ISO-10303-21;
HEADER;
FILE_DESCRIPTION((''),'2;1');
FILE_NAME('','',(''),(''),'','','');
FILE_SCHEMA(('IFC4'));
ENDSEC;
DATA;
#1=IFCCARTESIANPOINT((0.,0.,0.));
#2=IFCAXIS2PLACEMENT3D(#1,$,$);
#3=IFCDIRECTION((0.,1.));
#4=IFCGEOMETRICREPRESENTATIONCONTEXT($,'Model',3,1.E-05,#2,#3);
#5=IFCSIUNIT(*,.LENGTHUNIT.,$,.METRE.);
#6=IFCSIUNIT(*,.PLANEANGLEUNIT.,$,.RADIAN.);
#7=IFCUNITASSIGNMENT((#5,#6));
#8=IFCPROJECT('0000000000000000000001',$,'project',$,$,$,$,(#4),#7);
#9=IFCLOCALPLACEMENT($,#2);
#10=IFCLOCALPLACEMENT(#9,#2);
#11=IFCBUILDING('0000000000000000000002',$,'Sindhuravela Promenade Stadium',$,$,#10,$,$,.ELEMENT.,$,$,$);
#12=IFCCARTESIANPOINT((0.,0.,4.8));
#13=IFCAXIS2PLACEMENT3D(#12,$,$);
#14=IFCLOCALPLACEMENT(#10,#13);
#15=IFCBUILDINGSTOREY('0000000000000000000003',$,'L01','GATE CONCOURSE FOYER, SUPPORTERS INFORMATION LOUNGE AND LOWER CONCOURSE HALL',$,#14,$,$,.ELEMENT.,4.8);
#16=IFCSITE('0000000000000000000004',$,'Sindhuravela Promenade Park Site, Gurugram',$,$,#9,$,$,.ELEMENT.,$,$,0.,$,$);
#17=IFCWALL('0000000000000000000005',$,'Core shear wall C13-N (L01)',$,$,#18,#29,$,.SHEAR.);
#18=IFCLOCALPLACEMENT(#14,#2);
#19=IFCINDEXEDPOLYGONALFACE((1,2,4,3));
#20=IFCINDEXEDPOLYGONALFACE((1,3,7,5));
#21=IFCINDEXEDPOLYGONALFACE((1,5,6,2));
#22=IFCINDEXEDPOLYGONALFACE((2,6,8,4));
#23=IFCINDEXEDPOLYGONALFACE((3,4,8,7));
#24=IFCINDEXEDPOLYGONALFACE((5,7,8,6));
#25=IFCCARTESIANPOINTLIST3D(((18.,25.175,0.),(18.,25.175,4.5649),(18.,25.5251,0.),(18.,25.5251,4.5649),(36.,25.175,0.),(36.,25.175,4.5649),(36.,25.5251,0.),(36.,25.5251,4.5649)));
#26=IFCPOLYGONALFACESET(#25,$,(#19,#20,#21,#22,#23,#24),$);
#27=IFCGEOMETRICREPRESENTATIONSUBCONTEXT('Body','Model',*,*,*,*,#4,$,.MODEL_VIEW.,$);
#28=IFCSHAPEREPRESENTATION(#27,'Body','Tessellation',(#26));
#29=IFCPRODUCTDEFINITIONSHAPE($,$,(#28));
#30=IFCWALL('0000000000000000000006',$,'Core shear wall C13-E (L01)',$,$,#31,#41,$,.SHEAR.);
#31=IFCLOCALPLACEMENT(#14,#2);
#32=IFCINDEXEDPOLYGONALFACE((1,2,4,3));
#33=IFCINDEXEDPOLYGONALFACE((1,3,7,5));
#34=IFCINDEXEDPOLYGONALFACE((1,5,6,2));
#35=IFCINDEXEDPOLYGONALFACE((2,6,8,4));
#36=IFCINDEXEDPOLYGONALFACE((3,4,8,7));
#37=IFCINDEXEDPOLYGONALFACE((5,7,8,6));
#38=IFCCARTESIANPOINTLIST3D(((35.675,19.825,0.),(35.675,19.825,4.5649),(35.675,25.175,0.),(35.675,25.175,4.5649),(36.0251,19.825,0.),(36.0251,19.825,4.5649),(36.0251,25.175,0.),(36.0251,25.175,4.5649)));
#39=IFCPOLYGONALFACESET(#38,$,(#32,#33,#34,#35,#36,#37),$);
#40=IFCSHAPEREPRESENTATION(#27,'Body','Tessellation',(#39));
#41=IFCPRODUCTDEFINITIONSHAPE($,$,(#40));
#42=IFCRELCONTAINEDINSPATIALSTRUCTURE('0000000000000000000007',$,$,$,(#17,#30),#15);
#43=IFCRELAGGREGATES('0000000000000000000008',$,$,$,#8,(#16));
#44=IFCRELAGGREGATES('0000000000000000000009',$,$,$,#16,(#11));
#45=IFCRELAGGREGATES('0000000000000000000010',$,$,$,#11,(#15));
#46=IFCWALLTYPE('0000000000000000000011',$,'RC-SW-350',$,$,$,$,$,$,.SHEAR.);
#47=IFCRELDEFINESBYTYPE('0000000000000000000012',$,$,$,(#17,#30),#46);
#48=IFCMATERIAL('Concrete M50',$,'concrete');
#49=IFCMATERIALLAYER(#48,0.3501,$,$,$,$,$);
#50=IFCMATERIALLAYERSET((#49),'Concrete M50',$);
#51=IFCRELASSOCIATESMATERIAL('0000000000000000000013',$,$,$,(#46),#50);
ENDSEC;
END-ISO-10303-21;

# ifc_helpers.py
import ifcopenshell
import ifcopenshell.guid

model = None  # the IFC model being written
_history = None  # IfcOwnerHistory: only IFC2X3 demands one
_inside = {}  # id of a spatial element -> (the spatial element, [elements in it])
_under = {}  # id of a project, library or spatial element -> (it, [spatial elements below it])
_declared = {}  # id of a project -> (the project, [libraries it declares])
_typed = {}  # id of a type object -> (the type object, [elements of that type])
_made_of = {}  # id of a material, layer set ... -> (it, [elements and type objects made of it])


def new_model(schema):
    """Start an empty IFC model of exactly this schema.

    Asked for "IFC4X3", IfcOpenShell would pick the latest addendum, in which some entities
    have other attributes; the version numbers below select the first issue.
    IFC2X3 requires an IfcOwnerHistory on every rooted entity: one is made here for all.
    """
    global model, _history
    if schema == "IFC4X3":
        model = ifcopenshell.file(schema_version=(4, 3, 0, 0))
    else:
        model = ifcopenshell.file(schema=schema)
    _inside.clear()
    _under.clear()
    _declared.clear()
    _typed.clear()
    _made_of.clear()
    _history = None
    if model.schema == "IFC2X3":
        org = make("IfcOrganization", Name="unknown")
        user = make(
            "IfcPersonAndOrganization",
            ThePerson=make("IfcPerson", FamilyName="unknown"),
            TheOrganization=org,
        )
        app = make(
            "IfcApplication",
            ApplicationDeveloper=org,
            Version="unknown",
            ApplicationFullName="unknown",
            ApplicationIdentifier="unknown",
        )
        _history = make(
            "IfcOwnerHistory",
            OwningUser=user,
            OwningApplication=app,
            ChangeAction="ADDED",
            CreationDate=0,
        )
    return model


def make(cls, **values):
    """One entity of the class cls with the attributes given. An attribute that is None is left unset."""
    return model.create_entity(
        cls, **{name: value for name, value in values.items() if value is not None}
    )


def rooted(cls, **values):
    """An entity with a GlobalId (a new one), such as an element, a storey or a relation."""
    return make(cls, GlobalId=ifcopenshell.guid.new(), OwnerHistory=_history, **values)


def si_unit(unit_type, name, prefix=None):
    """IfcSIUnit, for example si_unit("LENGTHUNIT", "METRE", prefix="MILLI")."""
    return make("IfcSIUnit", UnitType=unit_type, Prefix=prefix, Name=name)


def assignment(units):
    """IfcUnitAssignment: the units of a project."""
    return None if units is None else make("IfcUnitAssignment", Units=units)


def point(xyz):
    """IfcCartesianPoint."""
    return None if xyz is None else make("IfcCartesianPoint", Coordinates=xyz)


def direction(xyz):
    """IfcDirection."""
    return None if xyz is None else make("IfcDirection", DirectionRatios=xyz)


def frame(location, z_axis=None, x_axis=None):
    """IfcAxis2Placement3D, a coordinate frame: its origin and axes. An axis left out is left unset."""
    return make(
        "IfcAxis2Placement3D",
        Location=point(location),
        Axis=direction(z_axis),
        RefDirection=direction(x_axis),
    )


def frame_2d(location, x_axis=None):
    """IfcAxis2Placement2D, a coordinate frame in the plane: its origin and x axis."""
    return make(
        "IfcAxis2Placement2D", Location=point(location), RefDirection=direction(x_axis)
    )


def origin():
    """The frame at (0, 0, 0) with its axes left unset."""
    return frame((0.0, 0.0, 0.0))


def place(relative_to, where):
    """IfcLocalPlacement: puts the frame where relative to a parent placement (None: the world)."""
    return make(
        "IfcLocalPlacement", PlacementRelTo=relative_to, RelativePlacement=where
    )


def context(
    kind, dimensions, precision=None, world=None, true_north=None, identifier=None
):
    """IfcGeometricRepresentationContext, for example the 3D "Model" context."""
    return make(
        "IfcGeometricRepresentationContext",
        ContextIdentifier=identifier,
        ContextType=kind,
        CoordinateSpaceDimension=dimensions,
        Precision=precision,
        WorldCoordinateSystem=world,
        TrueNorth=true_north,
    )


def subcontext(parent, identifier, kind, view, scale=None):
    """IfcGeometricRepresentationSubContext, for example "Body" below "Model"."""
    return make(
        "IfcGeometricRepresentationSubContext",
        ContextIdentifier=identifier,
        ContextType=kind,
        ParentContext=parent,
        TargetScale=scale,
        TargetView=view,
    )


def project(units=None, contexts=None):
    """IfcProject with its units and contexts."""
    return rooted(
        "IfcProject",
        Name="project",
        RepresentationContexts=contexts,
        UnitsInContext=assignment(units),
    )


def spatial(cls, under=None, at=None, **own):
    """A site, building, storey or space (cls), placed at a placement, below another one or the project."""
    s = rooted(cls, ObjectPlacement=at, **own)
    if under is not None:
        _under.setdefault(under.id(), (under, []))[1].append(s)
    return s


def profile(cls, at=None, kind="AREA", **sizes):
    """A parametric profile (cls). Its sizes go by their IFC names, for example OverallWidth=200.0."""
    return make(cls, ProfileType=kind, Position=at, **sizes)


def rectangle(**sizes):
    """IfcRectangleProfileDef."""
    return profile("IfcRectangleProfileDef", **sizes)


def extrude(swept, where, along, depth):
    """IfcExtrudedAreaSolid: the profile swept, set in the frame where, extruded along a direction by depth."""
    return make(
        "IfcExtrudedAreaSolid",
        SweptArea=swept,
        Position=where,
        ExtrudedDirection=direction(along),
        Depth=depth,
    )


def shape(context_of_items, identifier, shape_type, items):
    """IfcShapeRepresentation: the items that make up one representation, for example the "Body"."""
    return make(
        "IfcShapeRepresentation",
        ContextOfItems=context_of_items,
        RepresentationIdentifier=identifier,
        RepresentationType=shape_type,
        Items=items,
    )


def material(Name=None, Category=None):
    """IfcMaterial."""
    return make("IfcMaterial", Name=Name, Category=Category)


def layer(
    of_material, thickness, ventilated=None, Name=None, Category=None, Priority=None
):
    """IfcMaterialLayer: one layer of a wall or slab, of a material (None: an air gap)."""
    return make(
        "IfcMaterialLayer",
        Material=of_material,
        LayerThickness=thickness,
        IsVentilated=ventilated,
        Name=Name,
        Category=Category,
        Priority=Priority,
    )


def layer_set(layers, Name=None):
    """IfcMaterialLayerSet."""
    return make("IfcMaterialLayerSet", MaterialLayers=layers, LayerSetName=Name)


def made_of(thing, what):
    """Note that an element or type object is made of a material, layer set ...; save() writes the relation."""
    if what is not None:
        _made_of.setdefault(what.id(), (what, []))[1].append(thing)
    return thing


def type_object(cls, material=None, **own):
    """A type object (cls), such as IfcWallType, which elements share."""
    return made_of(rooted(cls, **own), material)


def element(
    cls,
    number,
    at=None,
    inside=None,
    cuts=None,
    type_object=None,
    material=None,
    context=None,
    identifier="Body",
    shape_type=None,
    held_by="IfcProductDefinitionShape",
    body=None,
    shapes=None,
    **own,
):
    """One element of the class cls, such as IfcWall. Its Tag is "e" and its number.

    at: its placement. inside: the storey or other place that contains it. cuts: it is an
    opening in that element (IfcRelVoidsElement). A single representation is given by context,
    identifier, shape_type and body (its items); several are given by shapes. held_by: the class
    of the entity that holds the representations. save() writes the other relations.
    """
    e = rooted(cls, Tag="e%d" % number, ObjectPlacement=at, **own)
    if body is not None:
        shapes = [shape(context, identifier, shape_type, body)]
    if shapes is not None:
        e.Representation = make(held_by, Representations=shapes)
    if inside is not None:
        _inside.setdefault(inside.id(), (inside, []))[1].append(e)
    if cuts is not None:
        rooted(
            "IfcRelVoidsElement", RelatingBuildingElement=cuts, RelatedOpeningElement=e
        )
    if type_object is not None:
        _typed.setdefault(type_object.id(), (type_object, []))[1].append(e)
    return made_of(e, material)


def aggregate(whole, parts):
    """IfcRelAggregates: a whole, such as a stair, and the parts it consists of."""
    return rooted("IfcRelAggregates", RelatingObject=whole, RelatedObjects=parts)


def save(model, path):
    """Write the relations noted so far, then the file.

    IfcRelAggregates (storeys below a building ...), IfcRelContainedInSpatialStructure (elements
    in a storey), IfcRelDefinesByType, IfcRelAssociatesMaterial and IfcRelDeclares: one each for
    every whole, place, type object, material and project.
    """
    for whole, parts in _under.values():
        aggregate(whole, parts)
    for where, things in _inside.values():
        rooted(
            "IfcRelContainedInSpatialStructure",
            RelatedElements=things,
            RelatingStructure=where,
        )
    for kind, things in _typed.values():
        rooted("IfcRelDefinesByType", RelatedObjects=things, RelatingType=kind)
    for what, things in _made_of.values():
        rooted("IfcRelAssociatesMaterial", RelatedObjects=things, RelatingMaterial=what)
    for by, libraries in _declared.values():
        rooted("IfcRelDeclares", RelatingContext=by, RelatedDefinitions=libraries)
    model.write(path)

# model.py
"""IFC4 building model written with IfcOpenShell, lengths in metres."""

from ifc_helpers import new_model, si_unit, direction, frame, frame_2d, origin, place, context, subcontext, project, spatial, rectangle, extrude, material, layer, layer_set, type_object, element, save


model = new_model("IFC4")

# Units and contexts
model_context = context("Model", 3, precision=1e-05, world=origin(), true_north=direction((0.0, 1.0)))
body_context = subcontext(model_context, "Body", "Model", "MODEL_VIEW")
ifc_project = project(units=[si_unit("LENGTHUNIT", "METRE"), si_unit("PLANEANGLEUNIT", "RADIAN")], contexts=[model_context])

# Site, building, storey
site_placement = place(None, origin())
site = spatial("IfcSite", under=ifc_project, at=site_placement, Name="Sindhuravela Promenade Park Site, Gurugram", CompositionType="ELEMENT", RefElevation=0.0)
building_placement = place(site_placement, origin())
building = spatial("IfcBuilding", under=site, at=building_placement, Name="Sindhuravela Promenade Stadium", CompositionType="ELEMENT")
storey_placement = place(building_placement, frame((0.0, 0.0, 4.8)))
storey = spatial("IfcBuildingStorey", under=building, at=storey_placement, Name="L01", Description="GATE CONCOURSE FOYER, SUPPORTERS INFORMATION LOUNGE AND LOWER CONCOURSE HALL", CompositionType="ELEMENT", Elevation=4.8)

# Shared definitions
ifc_material_1 = material(Name="Concrete M50", Category="concrete")

# Walls
ifc_layer_1 = layer(ifc_material_1, 0.3501)
ifc_layer_set_1 = layer_set([ifc_layer_1], Name="Concrete M50")
wall_type_1 = type_object("IfcWallType", Name="RC-SW-350", PredefinedType="SHEAR", material=ifc_layer_set_1)
wall_1_placement = place(storey_placement, frame((36.0, 25.3501, 0.0), z_axis=(0.0, 0.0, 1.0), x_axis=(-1.0, 0.0, 0.0)))
element("IfcWall", 1, at=wall_1_placement, inside=storey, type_object=wall_type_1, Name="Core shear wall C13-N (L01)", PredefinedType="SHEAR", context=body_context, shape_type="SweptSolid", body=[
    extrude(rectangle(XDim=18.0, YDim=0.3501, at=frame_2d((9.0, 0.0))), origin(), (0.0, 0.0, 1.0), 4.5649),
])
wall_2_placement = place(storey_placement, frame((35.8501, 19.825, 0.0), z_axis=(0.0, 0.0, 1.0), x_axis=(0.0, 1.0, 0.0)))
element("IfcWall", 2, at=wall_2_placement, inside=storey, type_object=wall_type_1, Name="Core shear wall C13-E (L01)", PredefinedType="SHEAR", context=body_context, shape_type="SweptSolid", body=[
    extrude(rectangle(XDim=5.3501, YDim=0.3501, at=frame_2d((2.675, 0.0))), origin(), (0.0, 0.0, 1.0), 4.5649),
])

save(model, "model.ifc")
